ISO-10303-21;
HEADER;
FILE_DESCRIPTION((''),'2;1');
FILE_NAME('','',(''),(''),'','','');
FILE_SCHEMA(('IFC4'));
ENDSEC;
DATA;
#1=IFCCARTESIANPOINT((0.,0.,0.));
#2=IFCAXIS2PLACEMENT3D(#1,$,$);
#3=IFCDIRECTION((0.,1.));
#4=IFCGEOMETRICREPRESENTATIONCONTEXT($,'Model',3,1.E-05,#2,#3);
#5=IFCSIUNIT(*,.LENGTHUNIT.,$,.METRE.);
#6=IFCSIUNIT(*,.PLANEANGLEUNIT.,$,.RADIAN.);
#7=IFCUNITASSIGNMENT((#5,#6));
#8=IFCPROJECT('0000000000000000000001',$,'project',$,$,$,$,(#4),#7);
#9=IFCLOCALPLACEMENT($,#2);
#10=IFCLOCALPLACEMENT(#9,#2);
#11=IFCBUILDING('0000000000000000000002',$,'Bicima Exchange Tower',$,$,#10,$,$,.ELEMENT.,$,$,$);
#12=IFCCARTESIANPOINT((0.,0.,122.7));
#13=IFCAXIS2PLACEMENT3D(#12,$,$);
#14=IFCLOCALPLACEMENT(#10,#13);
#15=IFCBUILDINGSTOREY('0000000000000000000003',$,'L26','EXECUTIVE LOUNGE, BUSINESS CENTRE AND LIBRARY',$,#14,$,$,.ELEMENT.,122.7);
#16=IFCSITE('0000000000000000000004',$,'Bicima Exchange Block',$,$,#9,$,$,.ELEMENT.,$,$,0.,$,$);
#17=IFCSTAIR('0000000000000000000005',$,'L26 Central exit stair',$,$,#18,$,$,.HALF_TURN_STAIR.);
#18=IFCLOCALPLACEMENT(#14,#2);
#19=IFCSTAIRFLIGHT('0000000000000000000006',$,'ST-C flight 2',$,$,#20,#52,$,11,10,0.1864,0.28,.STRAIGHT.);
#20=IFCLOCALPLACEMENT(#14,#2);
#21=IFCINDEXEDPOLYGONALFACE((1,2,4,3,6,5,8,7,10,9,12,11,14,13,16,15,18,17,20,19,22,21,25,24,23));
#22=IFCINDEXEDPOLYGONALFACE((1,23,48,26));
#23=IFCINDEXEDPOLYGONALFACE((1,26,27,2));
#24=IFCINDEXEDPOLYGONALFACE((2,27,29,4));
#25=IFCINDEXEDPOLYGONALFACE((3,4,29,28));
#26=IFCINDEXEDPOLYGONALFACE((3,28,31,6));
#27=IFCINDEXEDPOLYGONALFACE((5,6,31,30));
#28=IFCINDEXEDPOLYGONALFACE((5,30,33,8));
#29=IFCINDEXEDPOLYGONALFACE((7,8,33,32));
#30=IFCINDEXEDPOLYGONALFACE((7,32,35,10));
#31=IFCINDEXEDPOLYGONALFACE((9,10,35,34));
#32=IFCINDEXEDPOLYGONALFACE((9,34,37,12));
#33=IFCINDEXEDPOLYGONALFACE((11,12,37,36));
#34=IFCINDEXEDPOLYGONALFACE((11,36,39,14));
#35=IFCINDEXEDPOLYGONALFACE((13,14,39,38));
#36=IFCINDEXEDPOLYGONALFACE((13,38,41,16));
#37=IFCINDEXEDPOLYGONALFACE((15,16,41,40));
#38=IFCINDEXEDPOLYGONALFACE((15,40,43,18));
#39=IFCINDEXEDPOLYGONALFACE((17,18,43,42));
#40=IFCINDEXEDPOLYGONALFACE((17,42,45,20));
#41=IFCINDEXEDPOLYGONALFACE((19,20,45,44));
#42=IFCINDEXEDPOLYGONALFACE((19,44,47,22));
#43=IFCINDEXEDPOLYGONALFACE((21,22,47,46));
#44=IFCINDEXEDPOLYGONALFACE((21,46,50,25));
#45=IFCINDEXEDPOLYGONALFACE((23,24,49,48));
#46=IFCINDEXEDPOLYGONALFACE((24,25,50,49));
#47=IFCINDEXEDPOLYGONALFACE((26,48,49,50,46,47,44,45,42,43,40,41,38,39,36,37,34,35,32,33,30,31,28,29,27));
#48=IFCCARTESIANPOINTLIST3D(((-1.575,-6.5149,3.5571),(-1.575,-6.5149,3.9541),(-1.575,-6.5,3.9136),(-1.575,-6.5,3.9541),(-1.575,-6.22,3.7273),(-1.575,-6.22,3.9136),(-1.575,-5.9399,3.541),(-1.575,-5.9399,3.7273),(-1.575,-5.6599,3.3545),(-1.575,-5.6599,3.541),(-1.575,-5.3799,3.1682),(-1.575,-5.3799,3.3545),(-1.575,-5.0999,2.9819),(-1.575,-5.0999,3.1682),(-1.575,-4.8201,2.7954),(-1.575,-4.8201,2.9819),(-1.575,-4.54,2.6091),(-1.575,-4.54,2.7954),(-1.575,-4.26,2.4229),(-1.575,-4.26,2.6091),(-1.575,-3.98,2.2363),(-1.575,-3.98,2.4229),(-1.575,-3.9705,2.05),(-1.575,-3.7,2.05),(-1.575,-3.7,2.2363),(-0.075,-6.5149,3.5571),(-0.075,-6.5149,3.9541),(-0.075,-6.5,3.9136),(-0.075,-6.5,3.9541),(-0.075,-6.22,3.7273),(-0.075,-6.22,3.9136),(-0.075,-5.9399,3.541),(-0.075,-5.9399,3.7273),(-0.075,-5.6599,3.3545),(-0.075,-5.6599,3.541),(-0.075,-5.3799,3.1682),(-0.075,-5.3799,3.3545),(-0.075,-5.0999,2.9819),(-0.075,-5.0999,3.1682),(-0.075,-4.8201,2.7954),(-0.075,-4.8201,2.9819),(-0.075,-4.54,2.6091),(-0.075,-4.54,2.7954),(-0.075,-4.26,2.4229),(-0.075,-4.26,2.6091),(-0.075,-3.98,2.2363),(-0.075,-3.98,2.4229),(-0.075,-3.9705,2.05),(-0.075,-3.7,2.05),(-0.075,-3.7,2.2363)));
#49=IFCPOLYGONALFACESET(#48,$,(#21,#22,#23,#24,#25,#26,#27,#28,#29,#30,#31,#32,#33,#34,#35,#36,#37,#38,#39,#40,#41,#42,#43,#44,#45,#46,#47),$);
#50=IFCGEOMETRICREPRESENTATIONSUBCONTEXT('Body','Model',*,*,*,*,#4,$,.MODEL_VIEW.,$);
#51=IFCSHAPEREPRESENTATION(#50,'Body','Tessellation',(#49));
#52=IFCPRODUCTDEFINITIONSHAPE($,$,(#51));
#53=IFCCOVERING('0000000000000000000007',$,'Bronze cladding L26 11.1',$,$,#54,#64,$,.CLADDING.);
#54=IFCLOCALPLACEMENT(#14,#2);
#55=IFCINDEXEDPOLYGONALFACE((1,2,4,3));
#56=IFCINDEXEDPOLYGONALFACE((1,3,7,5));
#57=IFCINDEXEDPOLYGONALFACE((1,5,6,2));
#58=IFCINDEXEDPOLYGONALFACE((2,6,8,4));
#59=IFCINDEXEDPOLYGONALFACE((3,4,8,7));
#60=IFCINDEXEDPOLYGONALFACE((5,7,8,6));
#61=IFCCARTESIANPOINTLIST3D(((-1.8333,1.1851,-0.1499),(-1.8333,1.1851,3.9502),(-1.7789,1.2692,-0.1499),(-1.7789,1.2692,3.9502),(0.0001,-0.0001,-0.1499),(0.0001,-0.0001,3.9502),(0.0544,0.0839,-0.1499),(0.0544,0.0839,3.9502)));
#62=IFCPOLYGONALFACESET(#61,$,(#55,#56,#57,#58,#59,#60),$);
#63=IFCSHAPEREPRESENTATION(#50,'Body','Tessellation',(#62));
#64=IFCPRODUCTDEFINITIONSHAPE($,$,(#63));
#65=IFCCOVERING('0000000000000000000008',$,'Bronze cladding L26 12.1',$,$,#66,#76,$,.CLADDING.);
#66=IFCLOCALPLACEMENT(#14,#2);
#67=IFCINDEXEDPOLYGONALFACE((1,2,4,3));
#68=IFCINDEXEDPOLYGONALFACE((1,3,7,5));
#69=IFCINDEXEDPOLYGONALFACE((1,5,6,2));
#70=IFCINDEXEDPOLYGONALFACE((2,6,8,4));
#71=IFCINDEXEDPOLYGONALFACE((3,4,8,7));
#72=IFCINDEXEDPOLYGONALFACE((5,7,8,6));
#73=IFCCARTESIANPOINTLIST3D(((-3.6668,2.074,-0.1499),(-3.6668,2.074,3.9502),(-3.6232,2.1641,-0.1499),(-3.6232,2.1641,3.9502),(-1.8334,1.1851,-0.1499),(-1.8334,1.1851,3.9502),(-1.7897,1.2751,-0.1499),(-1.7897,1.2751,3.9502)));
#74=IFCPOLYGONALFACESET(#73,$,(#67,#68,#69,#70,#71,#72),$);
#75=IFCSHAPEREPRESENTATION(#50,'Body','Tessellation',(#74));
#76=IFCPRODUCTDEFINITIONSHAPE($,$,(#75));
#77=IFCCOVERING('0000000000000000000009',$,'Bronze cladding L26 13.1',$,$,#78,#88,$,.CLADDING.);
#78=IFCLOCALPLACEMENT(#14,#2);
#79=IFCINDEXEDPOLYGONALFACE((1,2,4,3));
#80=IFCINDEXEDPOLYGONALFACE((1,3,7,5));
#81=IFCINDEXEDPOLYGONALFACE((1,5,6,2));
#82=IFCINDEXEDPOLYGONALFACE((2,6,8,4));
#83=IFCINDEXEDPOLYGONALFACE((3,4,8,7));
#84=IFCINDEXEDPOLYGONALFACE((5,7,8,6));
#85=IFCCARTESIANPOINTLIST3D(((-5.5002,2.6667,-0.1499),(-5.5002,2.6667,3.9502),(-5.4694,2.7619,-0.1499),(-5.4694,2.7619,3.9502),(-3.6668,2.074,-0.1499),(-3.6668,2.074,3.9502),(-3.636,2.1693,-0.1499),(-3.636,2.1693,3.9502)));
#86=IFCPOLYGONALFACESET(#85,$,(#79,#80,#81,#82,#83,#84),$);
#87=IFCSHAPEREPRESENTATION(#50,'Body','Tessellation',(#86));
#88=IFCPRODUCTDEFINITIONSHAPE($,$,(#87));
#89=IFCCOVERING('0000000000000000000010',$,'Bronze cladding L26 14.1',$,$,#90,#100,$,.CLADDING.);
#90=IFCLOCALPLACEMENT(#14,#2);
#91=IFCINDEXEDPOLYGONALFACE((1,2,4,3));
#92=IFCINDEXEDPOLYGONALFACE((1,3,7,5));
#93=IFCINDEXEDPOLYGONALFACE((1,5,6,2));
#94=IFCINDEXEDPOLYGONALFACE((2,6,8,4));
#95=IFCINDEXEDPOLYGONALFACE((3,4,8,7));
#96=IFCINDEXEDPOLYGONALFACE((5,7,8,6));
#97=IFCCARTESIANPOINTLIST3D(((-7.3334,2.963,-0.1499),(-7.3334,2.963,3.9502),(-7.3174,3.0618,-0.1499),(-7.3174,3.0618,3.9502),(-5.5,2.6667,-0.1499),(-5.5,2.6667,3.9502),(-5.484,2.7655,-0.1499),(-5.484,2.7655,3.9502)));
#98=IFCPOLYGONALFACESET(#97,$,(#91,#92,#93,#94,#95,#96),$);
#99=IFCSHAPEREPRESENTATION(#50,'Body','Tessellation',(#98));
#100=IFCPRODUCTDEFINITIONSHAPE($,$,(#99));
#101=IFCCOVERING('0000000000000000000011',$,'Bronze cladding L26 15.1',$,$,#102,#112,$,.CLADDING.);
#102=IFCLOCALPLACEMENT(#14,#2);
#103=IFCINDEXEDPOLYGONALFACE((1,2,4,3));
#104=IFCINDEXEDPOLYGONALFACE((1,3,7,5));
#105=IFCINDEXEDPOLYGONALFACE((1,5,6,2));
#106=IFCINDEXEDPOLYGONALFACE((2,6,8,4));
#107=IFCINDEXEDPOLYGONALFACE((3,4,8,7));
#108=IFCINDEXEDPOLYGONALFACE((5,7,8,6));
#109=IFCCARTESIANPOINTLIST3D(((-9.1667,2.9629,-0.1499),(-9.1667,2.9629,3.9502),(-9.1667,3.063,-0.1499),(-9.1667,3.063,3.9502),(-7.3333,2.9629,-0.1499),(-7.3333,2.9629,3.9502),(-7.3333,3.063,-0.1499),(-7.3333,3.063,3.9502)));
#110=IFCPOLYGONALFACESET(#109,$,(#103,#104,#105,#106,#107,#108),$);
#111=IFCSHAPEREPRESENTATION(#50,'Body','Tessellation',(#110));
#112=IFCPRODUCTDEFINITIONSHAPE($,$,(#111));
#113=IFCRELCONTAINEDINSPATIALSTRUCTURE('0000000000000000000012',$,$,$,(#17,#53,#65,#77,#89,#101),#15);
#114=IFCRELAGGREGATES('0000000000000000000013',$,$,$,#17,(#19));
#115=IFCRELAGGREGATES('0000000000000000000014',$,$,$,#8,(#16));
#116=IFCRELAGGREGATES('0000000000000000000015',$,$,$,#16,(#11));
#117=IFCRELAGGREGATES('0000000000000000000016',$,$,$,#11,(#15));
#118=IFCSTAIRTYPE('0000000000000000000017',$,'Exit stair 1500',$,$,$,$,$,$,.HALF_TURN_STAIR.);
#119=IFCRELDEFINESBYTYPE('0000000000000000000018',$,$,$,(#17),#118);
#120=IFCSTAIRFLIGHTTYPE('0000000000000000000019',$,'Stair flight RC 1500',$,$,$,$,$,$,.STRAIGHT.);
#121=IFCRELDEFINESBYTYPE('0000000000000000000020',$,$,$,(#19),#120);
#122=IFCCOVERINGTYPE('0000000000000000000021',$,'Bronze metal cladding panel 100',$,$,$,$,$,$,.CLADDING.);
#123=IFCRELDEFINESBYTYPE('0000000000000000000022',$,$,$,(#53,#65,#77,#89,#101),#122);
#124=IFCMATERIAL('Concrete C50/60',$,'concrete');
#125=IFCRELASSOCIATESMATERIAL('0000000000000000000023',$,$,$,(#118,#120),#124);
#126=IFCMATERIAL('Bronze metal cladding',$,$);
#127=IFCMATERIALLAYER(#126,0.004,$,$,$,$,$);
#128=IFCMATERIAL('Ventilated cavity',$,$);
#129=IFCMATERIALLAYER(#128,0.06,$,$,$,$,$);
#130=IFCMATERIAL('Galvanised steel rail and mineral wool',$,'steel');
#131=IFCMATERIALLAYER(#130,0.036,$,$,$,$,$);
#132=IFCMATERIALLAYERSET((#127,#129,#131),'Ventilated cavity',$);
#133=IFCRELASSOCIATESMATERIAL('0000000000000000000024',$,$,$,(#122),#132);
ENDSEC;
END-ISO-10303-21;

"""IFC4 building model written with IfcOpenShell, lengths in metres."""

from ifc_helpers import new_model, si_unit, direction, frame, origin, origin_2d, place, context, subcontext, project, spatial, polyline, rectangle, outline, extrude, material, layer, layer_set, type_object, element, aggregate, save


model = new_model("IFC4")

# Units and contexts
model_context = context("Model", 3, precision=1e-05, world=origin(), true_north=direction((0.0, 1.0)))
body_context = subcontext(model_context, "Body", "Model", "MODEL_VIEW")
ifc_project = project(units=[si_unit("LENGTHUNIT", "METRE"), si_unit("PLANEANGLEUNIT", "RADIAN")], contexts=[model_context])

# Site, building, storey
site_placement = place(None, origin())
site = spatial("IfcSite", under=ifc_project, at=site_placement, Name="Bicima Exchange Block", CompositionType="ELEMENT", RefElevation=0.0)
building_placement = place(site_placement, origin())
building = spatial("IfcBuilding", under=site, at=building_placement, Name="Bicima Exchange Tower", CompositionType="ELEMENT")
storey_placement = place(building_placement, frame((0.0, 0.0, 122.7)))
storey = spatial("IfcBuildingStorey", under=building, at=storey_placement, Name="L26", Description="EXECUTIVE LOUNGE, BUSINESS CENTRE AND LIBRARY", CompositionType="ELEMENT", Elevation=122.7)

# Shared definitions
ifc_material_1 = material(Name="Concrete C50/60", Category="concrete")

# Stair, stair flight
stair_type = type_object("IfcStairType", Name="Exit stair 1500", PredefinedType="HALF_TURN_STAIR", material=ifc_material_1)
stair_placement = place(storey_placement, origin())
stair = element("IfcStair", 1, at=stair_placement, inside=storey, type_object=stair_type, Name="L26 Central exit stair", PredefinedType="HALF_TURN_STAIR")
stair_flight_type = type_object("IfcStairFlightType", Name="Stair flight RC 1500", PredefinedType="STRAIGHT", material=ifc_material_1)
stair_flight_placement = place(storey_placement, frame((-0.825, -3.7, 2.05), z_axis=(0.0, 0.0, 1.0), x_axis=(0.0, -1.0, 0.0)))
stair_flight = element("IfcStairFlight", 2, at=stair_flight_placement, type_object=stair_flight_type, Name="ST-C flight 2", NumberOfRisers=11, NumberOfTreads=10, PredefinedType="STRAIGHT", RiserHeight=0.1864, TreadLength=0.28, context=body_context, shape_type="SweptSolid", body=[
    extrude(outline(polyline([(0.0, 0.0), (0.0, 0.1863), (0.28, 0.1863), (0.28, 0.3728), (0.5601, 0.3728), (0.5601, 0.5591), (0.8401, 0.5591), (0.8401, 0.7454), (1.1201, 0.7454), (1.1201, 0.9319), (1.3999, 0.9319), (1.3999, 1.1182), (1.6799, 1.1182), (1.6799, 1.3044), (1.96, 1.3044), (1.96, 1.491), (2.24, 1.491), (2.24, 1.6772), (2.52, 1.6772), (2.52, 1.8635), (2.8, 1.8635), (2.8, 1.9041), (2.8149, 1.9041), (2.8149, 1.5071), (0.2705, 0.0), (0.0, 0.0)])), frame((0.0, 0.75, 0.0), z_axis=(0.0, -1.0, 0.0), x_axis=(1.0, 0.0, 0.0)), (0.0, 0.0, 1.0), 1.5),
])
aggregate(stair, [stair_flight])

# Coverings
ifc_material_2 = material(Name="Bronze metal cladding")
ifc_layer_1 = layer(ifc_material_2, 0.004)
ifc_material_3 = material(Name="Ventilated cavity")
ifc_layer_2 = layer(ifc_material_3, 0.06)
ifc_material_4 = material(Name="Galvanised steel rail and mineral wool", Category="steel")
ifc_layer_3 = layer(ifc_material_4, 0.036)
ifc_layer_set_1 = layer_set([ifc_layer_1, ifc_layer_2, ifc_layer_3], Name="Ventilated cavity")
covering_type = type_object("IfcCoveringType", Name="Bronze metal cladding panel 100", PredefinedType="CLADDING", material=ifc_layer_set_1)
covering_1_placement = place(storey_placement, frame((-0.8894, 0.6345, -0.1499), z_axis=(0.0, 0.0, 1.0), x_axis=(-0.83979, 0.542911, 0.0)))
element("IfcCovering", 3, at=covering_1_placement, inside=storey, type_object=covering_type, Name="Bronze cladding L26 11.1", PredefinedType="CLADDING", context=body_context, shape_type="SweptSolid", body=[
    extrude(rectangle(XDim=2.1831, YDim=0.1001, at=origin_2d()), origin(), (0.0, 0.0, 1.0), 4.1001),
])
covering_2_placement = place(storey_placement, frame((-2.7283, 1.6746, -0.1499), z_axis=(0.0, 0.0, 1.0), x_axis=(-0.899818, 0.436265, 0.0)))
element("IfcCovering", 4, at=covering_2_placement, inside=storey, type_object=covering_type, Name="Bronze cladding L26 12.1", PredefinedType="CLADDING", context=body_context, shape_type="SweptSolid", body=[
    extrude(rectangle(XDim=2.0376, YDim=0.1001, at=origin_2d()), origin(), (0.0, 0.0, 1.0), 4.1001),
])
covering_3_placement = place(storey_placement, frame((-4.5681, 2.418, -0.1499), z_axis=(0.0, 0.0, 1.0), x_axis=(-0.951525, 0.307573, 0.0)))
element("IfcCovering", 5, at=covering_3_placement, inside=storey, type_object=covering_type, Name="Bronze cladding L26 13.1", PredefinedType="CLADDING", context=body_context, shape_type="SweptSolid", body=[
    extrude(rectangle(XDim=1.9268, YDim=0.1001, at=origin_2d()), origin(), (0.0, 0.0, 1.0), 4.1001),
])
covering_4_placement = place(storey_placement, frame((-6.4087, 2.8643, -0.1499), z_axis=(0.0, 0.0, 1.0), x_axis=(-0.98719, 0.15955, 0.0)))
element("IfcCovering", 6, at=covering_4_placement, inside=storey, type_object=covering_type, Name="Bronze cladding L26 14.1", PredefinedType="CLADDING", context=body_context, shape_type="SweptSolid", body=[
    extrude(rectangle(XDim=1.8572, YDim=0.1001, at=origin_2d()), origin(), (0.0, 0.0, 1.0), 4.1001),
])
covering_5_placement = place(storey_placement, frame((-8.25, 3.0129, -0.1499), z_axis=(0.0, 0.0, 1.0), x_axis=(-1.0, 0.0, 0.0)))
element("IfcCovering", 7, at=covering_5_placement, inside=storey, type_object=covering_type, Name="Bronze cladding L26 15.1", PredefinedType="CLADDING", context=body_context, shape_type="SweptSolid", body=[
    extrude(rectangle(XDim=1.8335, YDim=0.1001, at=origin_2d()), origin(), (0.0, 0.0, 1.0), 4.1001),
])

save(model, "model.ifc")
